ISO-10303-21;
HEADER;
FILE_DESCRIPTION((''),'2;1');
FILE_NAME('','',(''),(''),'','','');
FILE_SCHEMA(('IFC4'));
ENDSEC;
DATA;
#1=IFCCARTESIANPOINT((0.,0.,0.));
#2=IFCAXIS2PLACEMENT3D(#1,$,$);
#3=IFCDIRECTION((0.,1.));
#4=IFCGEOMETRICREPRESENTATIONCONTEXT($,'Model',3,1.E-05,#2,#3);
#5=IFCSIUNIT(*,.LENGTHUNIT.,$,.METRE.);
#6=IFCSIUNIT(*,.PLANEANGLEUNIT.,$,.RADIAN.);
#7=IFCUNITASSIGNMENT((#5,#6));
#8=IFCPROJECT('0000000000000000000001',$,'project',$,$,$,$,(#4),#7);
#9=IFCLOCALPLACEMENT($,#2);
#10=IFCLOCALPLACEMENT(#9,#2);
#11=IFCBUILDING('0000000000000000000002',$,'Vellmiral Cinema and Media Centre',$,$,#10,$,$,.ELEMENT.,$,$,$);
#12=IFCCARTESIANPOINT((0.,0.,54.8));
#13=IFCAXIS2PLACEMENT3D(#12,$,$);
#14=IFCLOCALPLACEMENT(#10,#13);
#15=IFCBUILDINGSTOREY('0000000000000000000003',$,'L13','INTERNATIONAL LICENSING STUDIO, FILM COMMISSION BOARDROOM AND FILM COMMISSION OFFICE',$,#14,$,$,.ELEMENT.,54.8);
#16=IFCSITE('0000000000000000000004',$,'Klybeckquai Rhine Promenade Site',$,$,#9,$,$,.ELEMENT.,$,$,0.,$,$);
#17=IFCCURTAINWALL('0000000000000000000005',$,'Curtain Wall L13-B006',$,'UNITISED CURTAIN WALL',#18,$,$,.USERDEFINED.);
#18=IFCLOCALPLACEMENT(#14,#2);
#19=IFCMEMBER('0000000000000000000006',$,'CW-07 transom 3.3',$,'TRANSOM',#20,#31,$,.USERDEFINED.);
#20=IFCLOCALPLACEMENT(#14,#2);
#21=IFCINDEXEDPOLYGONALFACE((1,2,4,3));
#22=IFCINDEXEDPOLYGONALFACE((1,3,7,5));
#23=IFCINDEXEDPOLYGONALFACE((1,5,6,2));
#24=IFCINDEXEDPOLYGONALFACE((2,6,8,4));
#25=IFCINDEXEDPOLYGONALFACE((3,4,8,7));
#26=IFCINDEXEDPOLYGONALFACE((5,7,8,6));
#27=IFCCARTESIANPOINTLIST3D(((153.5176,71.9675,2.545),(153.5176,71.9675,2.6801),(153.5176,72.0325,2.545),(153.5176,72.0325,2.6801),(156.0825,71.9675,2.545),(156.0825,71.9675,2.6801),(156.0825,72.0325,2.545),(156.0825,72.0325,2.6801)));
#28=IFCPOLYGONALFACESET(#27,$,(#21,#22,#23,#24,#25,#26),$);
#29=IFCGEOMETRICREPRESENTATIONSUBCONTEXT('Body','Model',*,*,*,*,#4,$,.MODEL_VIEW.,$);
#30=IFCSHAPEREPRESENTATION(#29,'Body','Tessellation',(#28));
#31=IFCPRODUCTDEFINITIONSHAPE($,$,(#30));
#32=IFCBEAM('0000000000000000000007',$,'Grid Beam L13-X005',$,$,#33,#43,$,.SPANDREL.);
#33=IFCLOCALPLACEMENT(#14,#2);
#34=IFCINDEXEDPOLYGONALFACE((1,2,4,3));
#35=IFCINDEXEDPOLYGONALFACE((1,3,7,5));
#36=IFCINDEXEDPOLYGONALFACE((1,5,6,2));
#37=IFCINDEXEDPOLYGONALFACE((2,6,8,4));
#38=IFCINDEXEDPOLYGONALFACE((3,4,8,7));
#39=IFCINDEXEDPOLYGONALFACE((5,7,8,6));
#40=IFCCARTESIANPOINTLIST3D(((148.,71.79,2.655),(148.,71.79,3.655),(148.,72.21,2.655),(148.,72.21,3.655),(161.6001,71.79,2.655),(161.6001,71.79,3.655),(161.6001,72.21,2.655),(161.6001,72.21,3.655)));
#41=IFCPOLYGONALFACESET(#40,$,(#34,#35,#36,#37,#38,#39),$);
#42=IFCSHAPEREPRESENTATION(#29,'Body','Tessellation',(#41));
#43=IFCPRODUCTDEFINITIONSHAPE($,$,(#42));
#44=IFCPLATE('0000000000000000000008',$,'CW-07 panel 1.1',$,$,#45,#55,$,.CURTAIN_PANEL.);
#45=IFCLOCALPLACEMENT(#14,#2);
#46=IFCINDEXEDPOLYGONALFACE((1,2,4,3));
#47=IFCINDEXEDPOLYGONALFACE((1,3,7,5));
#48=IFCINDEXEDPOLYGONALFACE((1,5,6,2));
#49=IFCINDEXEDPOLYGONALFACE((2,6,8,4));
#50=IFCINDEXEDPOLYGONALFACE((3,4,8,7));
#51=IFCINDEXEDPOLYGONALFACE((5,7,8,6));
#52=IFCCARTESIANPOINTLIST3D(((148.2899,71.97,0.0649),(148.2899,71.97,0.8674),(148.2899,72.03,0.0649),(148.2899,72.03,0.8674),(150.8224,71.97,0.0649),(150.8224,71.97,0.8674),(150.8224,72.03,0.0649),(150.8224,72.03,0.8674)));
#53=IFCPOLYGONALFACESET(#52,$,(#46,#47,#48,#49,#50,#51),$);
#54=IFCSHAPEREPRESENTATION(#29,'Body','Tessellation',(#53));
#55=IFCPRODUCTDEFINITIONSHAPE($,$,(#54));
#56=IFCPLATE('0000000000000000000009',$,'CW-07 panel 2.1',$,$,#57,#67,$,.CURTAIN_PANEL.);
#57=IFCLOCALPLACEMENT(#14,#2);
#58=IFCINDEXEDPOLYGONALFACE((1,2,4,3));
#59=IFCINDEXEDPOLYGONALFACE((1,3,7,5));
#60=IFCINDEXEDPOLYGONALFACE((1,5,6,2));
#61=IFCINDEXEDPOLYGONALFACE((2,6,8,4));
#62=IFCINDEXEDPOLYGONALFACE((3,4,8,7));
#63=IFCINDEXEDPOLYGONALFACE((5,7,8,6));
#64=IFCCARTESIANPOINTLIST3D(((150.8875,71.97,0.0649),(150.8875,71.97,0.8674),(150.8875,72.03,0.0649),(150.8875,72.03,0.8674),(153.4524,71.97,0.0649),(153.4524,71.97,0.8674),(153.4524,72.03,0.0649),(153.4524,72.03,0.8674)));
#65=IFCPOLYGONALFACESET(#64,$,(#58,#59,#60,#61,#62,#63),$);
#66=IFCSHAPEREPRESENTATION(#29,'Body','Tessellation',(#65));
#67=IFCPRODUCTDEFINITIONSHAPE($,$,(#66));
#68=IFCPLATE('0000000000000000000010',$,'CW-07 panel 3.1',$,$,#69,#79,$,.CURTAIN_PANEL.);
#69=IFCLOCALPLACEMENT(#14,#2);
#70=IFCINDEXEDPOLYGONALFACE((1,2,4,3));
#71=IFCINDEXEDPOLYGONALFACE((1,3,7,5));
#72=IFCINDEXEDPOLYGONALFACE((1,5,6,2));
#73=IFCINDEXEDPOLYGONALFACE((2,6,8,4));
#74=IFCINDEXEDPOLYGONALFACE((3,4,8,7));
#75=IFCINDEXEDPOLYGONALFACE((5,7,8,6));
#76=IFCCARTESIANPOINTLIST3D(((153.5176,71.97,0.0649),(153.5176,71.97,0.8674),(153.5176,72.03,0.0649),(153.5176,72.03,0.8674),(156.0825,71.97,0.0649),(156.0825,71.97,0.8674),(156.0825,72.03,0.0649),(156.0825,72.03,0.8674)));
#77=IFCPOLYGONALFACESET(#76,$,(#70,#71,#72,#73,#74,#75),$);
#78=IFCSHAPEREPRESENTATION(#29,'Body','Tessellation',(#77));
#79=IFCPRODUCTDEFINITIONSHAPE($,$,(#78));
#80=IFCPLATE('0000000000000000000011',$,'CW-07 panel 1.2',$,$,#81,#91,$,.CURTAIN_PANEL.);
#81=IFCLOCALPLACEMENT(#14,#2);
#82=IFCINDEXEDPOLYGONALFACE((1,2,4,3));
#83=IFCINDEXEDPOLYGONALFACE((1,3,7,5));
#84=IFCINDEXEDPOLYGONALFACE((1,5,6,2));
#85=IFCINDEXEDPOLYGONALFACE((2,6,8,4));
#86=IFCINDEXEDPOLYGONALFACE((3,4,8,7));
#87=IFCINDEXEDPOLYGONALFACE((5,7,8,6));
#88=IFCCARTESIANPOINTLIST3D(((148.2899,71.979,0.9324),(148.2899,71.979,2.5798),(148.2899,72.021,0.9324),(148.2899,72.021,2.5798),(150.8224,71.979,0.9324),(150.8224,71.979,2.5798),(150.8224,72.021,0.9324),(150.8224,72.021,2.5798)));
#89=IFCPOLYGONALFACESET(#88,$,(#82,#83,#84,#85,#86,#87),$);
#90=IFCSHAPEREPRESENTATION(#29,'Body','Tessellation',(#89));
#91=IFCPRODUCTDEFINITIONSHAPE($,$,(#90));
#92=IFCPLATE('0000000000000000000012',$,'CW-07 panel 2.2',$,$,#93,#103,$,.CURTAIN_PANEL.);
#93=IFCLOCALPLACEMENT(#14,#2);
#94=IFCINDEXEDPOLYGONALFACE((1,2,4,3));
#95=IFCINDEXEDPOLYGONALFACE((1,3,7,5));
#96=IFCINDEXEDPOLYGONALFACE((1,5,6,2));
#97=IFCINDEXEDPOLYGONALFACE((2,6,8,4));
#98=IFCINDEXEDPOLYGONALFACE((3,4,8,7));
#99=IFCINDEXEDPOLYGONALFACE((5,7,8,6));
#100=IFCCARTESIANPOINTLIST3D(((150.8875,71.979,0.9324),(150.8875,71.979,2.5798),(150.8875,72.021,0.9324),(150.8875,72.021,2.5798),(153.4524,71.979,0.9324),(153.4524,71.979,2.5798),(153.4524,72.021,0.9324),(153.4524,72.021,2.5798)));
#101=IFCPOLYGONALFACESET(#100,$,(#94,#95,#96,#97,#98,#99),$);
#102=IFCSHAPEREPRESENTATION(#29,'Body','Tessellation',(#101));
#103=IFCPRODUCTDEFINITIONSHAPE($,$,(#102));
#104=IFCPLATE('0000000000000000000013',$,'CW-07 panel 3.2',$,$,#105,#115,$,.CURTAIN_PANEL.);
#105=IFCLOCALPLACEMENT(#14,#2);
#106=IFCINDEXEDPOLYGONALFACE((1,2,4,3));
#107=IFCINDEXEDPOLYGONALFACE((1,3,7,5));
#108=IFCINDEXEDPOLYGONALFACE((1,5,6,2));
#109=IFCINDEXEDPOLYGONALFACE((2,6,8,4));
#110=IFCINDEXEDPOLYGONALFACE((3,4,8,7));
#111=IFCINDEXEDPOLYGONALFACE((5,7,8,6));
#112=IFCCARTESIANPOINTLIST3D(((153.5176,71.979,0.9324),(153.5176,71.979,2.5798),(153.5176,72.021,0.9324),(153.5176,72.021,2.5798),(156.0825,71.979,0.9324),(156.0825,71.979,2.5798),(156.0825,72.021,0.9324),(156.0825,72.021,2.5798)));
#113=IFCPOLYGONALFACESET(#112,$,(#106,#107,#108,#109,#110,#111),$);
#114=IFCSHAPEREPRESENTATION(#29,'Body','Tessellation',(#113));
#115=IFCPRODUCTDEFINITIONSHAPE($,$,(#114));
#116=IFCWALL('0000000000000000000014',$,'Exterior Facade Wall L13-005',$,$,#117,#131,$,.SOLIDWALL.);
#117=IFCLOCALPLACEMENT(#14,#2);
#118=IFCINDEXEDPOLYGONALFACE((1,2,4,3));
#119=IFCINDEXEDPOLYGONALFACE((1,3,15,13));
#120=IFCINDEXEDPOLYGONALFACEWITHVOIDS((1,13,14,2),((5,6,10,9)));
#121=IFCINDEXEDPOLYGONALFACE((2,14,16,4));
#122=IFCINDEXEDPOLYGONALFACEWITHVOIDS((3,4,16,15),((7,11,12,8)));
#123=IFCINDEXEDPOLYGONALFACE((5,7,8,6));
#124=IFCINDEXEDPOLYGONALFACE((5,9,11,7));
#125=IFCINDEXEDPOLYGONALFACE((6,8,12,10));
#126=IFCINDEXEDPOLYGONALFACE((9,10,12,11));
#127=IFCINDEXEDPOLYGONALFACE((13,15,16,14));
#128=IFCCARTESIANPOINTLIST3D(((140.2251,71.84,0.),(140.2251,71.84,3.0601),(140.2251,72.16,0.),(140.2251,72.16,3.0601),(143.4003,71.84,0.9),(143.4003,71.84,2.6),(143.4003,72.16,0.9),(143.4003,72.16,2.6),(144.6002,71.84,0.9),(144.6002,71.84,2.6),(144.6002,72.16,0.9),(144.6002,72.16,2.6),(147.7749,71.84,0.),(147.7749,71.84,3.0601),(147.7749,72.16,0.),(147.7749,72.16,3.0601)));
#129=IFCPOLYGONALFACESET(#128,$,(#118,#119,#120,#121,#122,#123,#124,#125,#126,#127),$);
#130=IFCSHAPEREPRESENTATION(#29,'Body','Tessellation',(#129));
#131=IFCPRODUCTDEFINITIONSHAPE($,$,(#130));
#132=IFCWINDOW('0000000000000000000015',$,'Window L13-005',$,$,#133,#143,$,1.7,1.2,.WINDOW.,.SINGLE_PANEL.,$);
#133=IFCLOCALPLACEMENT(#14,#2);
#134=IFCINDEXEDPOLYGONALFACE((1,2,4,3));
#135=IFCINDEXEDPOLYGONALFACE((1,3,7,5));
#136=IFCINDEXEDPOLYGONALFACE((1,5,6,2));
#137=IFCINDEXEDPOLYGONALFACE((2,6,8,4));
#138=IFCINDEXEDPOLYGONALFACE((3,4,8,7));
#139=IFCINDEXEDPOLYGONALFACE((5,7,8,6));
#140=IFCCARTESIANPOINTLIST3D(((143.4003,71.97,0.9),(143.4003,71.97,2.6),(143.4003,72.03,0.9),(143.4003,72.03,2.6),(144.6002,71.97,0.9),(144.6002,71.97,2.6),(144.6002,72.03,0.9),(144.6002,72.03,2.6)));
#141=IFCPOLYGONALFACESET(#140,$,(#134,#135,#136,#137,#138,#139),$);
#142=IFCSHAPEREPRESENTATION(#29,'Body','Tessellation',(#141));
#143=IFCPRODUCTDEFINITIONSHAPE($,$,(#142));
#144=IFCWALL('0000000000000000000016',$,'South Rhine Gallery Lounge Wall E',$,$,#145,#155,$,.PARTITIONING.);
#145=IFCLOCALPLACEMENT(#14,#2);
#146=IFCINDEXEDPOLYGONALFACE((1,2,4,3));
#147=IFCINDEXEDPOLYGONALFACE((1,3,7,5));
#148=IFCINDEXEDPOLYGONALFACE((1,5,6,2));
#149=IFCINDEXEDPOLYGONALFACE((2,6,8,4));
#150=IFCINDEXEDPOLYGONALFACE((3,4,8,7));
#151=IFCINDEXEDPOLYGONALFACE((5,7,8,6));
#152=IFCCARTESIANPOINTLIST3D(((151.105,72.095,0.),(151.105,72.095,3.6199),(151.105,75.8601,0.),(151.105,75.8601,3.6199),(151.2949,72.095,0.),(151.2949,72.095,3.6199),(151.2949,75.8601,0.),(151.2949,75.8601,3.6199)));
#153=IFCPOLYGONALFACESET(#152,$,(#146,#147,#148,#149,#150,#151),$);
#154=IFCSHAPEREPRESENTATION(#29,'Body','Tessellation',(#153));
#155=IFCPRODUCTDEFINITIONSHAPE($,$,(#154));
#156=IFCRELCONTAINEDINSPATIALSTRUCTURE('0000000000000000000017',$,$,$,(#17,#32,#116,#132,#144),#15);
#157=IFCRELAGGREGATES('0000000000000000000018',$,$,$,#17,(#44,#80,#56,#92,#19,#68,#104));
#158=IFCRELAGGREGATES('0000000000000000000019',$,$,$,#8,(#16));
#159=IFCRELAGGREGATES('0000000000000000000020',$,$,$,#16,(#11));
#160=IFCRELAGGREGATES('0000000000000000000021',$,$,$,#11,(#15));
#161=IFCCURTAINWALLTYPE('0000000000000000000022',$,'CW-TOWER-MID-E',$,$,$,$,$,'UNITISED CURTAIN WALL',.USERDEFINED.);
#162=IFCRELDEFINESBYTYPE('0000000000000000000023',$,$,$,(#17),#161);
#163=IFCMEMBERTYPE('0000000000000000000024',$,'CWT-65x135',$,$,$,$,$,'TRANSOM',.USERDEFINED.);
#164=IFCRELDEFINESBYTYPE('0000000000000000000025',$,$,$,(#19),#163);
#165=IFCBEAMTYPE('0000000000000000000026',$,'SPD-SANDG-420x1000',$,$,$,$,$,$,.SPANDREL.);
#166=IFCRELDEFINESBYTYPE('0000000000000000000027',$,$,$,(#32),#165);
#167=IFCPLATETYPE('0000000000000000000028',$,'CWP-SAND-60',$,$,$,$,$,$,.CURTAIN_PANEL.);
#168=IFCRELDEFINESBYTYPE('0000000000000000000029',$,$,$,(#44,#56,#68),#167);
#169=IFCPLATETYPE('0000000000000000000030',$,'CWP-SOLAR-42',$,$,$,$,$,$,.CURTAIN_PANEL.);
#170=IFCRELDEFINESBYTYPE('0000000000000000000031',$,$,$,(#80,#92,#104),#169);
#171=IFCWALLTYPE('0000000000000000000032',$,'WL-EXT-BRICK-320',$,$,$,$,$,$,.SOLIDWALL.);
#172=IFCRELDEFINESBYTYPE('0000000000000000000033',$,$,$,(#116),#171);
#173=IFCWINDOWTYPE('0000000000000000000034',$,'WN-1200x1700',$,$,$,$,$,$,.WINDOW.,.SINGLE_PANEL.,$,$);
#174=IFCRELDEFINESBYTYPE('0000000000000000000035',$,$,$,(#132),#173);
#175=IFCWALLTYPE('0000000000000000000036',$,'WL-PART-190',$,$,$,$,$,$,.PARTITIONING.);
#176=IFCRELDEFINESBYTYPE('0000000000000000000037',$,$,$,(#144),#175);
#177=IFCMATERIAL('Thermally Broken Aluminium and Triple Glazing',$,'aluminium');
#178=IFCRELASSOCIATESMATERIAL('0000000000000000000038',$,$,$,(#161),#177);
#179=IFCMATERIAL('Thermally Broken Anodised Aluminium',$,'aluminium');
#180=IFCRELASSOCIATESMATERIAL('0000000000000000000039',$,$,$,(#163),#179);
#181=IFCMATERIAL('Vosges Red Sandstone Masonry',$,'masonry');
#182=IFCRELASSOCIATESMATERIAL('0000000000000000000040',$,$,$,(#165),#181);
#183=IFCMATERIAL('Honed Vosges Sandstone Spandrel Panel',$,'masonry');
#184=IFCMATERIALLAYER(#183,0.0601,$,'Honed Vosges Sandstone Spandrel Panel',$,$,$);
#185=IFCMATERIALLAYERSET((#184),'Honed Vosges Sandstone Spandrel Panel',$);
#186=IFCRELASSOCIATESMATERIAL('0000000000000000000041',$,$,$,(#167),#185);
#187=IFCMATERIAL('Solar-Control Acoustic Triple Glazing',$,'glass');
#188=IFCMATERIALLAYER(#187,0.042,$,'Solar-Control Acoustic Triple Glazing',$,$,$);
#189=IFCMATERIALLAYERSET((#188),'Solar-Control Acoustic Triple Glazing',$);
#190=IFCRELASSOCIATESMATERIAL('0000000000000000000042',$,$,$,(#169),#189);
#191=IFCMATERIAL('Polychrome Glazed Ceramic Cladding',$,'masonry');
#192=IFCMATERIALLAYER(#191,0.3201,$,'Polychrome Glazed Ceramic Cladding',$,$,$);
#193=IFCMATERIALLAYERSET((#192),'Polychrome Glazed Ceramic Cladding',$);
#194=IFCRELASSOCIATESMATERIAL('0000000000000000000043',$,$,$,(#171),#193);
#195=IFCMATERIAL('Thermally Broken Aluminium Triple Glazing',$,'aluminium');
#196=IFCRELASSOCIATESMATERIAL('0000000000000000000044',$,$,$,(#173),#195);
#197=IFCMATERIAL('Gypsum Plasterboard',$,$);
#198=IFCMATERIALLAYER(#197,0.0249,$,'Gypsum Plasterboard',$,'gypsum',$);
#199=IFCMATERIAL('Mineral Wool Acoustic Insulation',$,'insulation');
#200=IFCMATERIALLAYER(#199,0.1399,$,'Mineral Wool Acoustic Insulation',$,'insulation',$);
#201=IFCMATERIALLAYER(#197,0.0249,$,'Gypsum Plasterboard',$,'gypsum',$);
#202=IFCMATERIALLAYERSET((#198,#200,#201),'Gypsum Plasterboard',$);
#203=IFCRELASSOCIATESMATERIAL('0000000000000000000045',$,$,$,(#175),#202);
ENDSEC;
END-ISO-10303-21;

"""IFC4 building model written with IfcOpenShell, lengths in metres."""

from ifc_helpers import new_model, si_unit, direction, frame, frame_2d, origin, origin_2d, place, context, subcontext, project, spatial, rectangle, extrude, material, layer, layer_set, material_profile, profile_set, type_object, element, fill, aggregate, save


model = new_model("IFC4")

# Units and contexts
model_context = context("Model", 3, precision=1e-05, world=origin(), true_north=direction((0.0, 1.0)))
body_context = subcontext(model_context, "Body", "Model", "MODEL_VIEW")
ifc_project = project(units=[si_unit("LENGTHUNIT", "METRE"), si_unit("PLANEANGLEUNIT", "RADIAN")], contexts=[model_context])

# Site, building, storey
site_placement = place(None, origin())
site = spatial("IfcSite", under=ifc_project, at=site_placement, Name="Klybeckquai Rhine Promenade Site", CompositionType="ELEMENT", RefElevation=0.0)
building_placement = place(site_placement, origin())
building = spatial("IfcBuilding", under=site, at=building_placement, Name="Vellmiral Cinema and Media Centre", CompositionType="ELEMENT")
storey_placement = place(building_placement, frame((0.0, 0.0, 54.8)))
storey = spatial("IfcBuildingStorey", under=building, at=storey_placement, Name="L13", Description="INTERNATIONAL LICENSING STUDIO, FILM COMMISSION BOARDROOM AND FILM COMMISSION OFFICE", CompositionType="ELEMENT", Elevation=54.8)

# Curtain wall, member
ifc_material_1 = material(Name="Thermally Broken Aluminium and Triple Glazing", Category="aluminium")
curtain_wall_type = type_object("IfcCurtainWallType", Name="CW-TOWER-MID-E", ElementType="UNITISED CURTAIN WALL", PredefinedType="USERDEFINED", material=ifc_material_1)
curtain_wall_placement = place(storey_placement, origin())
curtain_wall = element("IfcCurtainWall", 1, at=curtain_wall_placement, inside=storey, type_object=curtain_wall_type, Name="Curtain Wall L13-B006", ObjectType="UNITISED CURTAIN WALL", PredefinedType="USERDEFINED")
ifc_material_2 = material(Name="Thermally Broken Anodised Aluminium", Category="aluminium")
ifc_material_profile_1 = material_profile(ifc_material_2, rectangle(XDim=0.0649, YDim=0.135, at=origin_2d()), Name="MULL 65x135")
ifc_profile_set_1 = profile_set([ifc_material_profile_1], Name="Thermally Broken Anodised Aluminium")
member_type_1 = type_object("IfcMemberType", Name="CWT-65x135", ElementType="TRANSOM", PredefinedType="USERDEFINED", material=ifc_profile_set_1)
member_1_placement = place(storey_placement, frame((153.5176, 72.0, 2.6125), z_axis=(1.0, 0.0, 0.0), x_axis=(0.0, 1.0, 0.0)))
member_1 = element("IfcMember", 2, at=member_1_placement, type_object=member_type_1, Name="CW-07 transom 3.3", ObjectType="TRANSOM", PredefinedType="USERDEFINED", context=body_context, shape_type="SweptSolid", body=[
    extrude(rectangle(XDim=0.0649, YDim=0.135, at=origin_2d()), origin(), (0.0, 0.0, 1.0), 2.5649),
])

# Beam
ifc_material_3 = material(Name="Vosges Red Sandstone Masonry", Category="masonry")
ifc_material_profile_2 = material_profile(ifc_material_3, rectangle(XDim=0.4199, YDim=1.0, at=origin_2d()), Name="SAND 420x1000")
ifc_profile_set_2 = profile_set([ifc_material_profile_2], Name="Vosges Red Sandstone Masonry")
beam_type_1 = type_object("IfcBeamType", Name="SPD-SANDG-420x1000", PredefinedType="SPANDREL", material=ifc_profile_set_2)
beam_1_placement = place(storey_placement, frame((148.0, 72.0, 3.155), z_axis=(1.0, 0.0, 0.0), x_axis=(0.0, 1.0, 0.0)))
element("IfcBeam", 3, at=beam_1_placement, inside=storey, type_object=beam_type_1, Name="Grid Beam L13-X005", PredefinedType="SPANDREL", context=body_context, shape_type="SweptSolid", body=[
    extrude(rectangle(XDim=0.4199, YDim=1.0, at=origin_2d()), origin(), (0.0, 0.0, 1.0), 13.6001),
])

# Plates
ifc_material_4 = material(Name="Honed Vosges Sandstone Spandrel Panel", Category="masonry")
ifc_layer_1 = layer(ifc_material_4, 0.0601, Name="Honed Vosges Sandstone Spandrel Panel")
ifc_layer_set_1 = layer_set([ifc_layer_1], Name="Honed Vosges Sandstone Spandrel Panel")
plate_type_1 = type_object("IfcPlateType", Name="CWP-SAND-60", PredefinedType="CURTAIN_PANEL", material=ifc_layer_set_1)
plate_1_placement = place(storey_placement, frame((149.5562, 72.0, 0.0649), z_axis=(0.0, 0.0, 1.0), x_axis=(1.0, 0.0, 0.0)))
plate_1 = element("IfcPlate", 4, at=plate_1_placement, type_object=plate_type_1, Name="CW-07 panel 1.1", PredefinedType="CURTAIN_PANEL", context=body_context, shape_type="SweptSolid", body=[
    extrude(rectangle(XDim=2.5325, YDim=0.0601, at=origin_2d()), origin(), (0.0, 0.0, 1.0), 0.8025),
])
plate_2_placement = place(storey_placement, frame((152.1699, 72.0, 0.0649), z_axis=(0.0, 0.0, 1.0), x_axis=(1.0, 0.0, 0.0)))
plate_2 = element("IfcPlate", 5, at=plate_2_placement, type_object=plate_type_1, Name="CW-07 panel 2.1", PredefinedType="CURTAIN_PANEL", context=body_context, shape_type="SweptSolid", body=[
    extrude(rectangle(XDim=2.5649, YDim=0.0601, at=origin_2d()), origin(), (0.0, 0.0, 1.0), 0.8025),
])
plate_3_placement = place(storey_placement, frame((154.8, 72.0, 0.0649), z_axis=(0.0, 0.0, 1.0), x_axis=(1.0, 0.0, 0.0)))
plate_3 = element("IfcPlate", 6, at=plate_3_placement, type_object=plate_type_1, Name="CW-07 panel 3.1", PredefinedType="CURTAIN_PANEL", context=body_context, shape_type="SweptSolid", body=[
    extrude(rectangle(XDim=2.5649, YDim=0.0601, at=origin_2d()), origin(), (0.0, 0.0, 1.0), 0.8025),
])
ifc_material_5 = material(Name="Solar-Control Acoustic Triple Glazing", Category="glass")
ifc_layer_2 = layer(ifc_material_5, 0.042, Name="Solar-Control Acoustic Triple Glazing")
ifc_layer_set_2 = layer_set([ifc_layer_2], Name="Solar-Control Acoustic Triple Glazing")
plate_type_2 = type_object("IfcPlateType", Name="CWP-SOLAR-42", PredefinedType="CURTAIN_PANEL", material=ifc_layer_set_2)
plate_4_placement = place(storey_placement, frame((149.5562, 72.0, 0.9324), z_axis=(0.0, 0.0, 1.0), x_axis=(1.0, 0.0, 0.0)))
plate_4 = element("IfcPlate", 7, at=plate_4_placement, type_object=plate_type_2, Name="CW-07 panel 1.2", PredefinedType="CURTAIN_PANEL", context=body_context, shape_type="SweptSolid", body=[
    extrude(rectangle(XDim=2.5325, YDim=0.042, at=origin_2d()), origin(), (0.0, 0.0, 1.0), 1.6475),
])
plate_5_placement = place(storey_placement, frame((152.1699, 72.0, 0.9324), z_axis=(0.0, 0.0, 1.0), x_axis=(1.0, 0.0, 0.0)))
plate_5 = element("IfcPlate", 8, at=plate_5_placement, type_object=plate_type_2, Name="CW-07 panel 2.2", PredefinedType="CURTAIN_PANEL", context=body_context, shape_type="SweptSolid", body=[
    extrude(rectangle(XDim=2.5649, YDim=0.042, at=origin_2d()), origin(), (0.0, 0.0, 1.0), 1.6475),
])
plate_6_placement = place(storey_placement, frame((154.8, 72.0, 0.9324), z_axis=(0.0, 0.0, 1.0), x_axis=(1.0, 0.0, 0.0)))
plate_6 = element("IfcPlate", 9, at=plate_6_placement, type_object=plate_type_2, Name="CW-07 panel 3.2", PredefinedType="CURTAIN_PANEL", context=body_context, shape_type="SweptSolid", body=[
    extrude(rectangle(XDim=2.5649, YDim=0.042, at=origin_2d()), origin(), (0.0, 0.0, 1.0), 1.6475),
])
aggregate(curtain_wall, [plate_1, plate_4, plate_2, plate_5, member_1, plate_3, plate_6])

# Wall, opening, window
ifc_material_6 = material(Name="Polychrome Glazed Ceramic Cladding", Category="masonry")
ifc_layer_3 = layer(ifc_material_6, 0.3201, Name="Polychrome Glazed Ceramic Cladding")
ifc_layer_set_3 = layer_set([ifc_layer_3], Name="Polychrome Glazed Ceramic Cladding")
wall_type_1 = type_object("IfcWallType", Name="WL-EXT-BRICK-320", PredefinedType="SOLIDWALL", material=ifc_layer_set_3)
wall_1_placement = place(storey_placement, frame((140.2251, 72.0, 0.0), z_axis=(0.0, 0.0, 1.0), x_axis=(1.0, 0.0, 0.0)))
wall_1 = element("IfcWall", 10, at=wall_1_placement, inside=storey, type_object=wall_type_1, Name="Exterior Facade Wall L13-005", PredefinedType="SOLIDWALL", context=body_context, shape_type="SweptSolid", body=[
    extrude(rectangle(XDim=7.5498, YDim=0.3201, at=frame_2d((3.7749, 0.0))), origin(), (0.0, 0.0, 1.0), 3.0601),
])
opening_placement = place(wall_1_placement, frame((3.175, 0.0, 0.8999)))
opening = element("IfcOpeningElement", 11, at=opening_placement, cuts=wall_1, PredefinedType="OPENING", context=body_context, shape_type="SweptSolid", body=[
    extrude(rectangle(XDim=1.2, YDim=1.7, at=frame_2d((0.6001, 0.8501))), frame((0.0, 0.1719, 0.0), z_axis=(0.0, -1.0, 0.0), x_axis=(1.0, 0.0, 0.0)), (0.0, 0.0, 1.0), 0.344),
])
ifc_material_7 = material(Name="Thermally Broken Aluminium Triple Glazing", Category="aluminium")
window_type = type_object("IfcWindowType", Name="WN-1200x1700", PartitioningType="SINGLE_PANEL", PredefinedType="WINDOW", material=ifc_material_7)
window_placement = place(opening_placement, origin())
window = element("IfcWindow", 12, at=window_placement, inside=storey, type_object=window_type, Name="Window L13-005", OverallHeight=1.7, OverallWidth=1.2, PartitioningType="SINGLE_PANEL", PredefinedType="WINDOW", context=body_context, shape_type="SweptSolid", body=[
    extrude(rectangle(XDim=1.2, YDim=1.7, at=frame_2d((0.6001, 0.8501))), frame((0.0, 0.03, 0.0), z_axis=(0.0, -1.0, 0.0), x_axis=(1.0, 0.0, 0.0)), (0.0, 0.0, 1.0), 0.0601),
])
fill(opening, window)

# Wall
ifc_material_8 = material(Name="Gypsum Plasterboard")
ifc_layer_4 = layer(ifc_material_8, 0.0249, Name="Gypsum Plasterboard", Category="gypsum")
ifc_material_9 = material(Name="Mineral Wool Acoustic Insulation", Category="insulation")
ifc_layer_5 = layer(ifc_material_9, 0.1399, Name="Mineral Wool Acoustic Insulation", Category="insulation")
ifc_layer_6 = layer(ifc_material_8, 0.0249, Name="Gypsum Plasterboard", Category="gypsum")
ifc_layer_set_4 = layer_set([ifc_layer_4, ifc_layer_5, ifc_layer_6], Name="Gypsum Plasterboard")
wall_type_2 = type_object("IfcWallType", Name="WL-PART-190", PredefinedType="PARTITIONING", material=ifc_layer_set_4)
wall_2_placement = place(storey_placement, frame((151.2, 72.095, 0.0), z_axis=(0.0, 0.0, 1.0), x_axis=(0.0, 1.0, 0.0)))
element("IfcWall", 13, at=wall_2_placement, inside=storey, type_object=wall_type_2, Name="South Rhine Gallery Lounge Wall E", PredefinedType="PARTITIONING", context=body_context, shape_type="SweptSolid", body=[
    extrude(rectangle(XDim=3.7651, YDim=0.1899, at=frame_2d((1.8826, 0.0))), origin(), (0.0, 0.0, 1.0), 3.6199),
])

save(model, "model.ifc")
